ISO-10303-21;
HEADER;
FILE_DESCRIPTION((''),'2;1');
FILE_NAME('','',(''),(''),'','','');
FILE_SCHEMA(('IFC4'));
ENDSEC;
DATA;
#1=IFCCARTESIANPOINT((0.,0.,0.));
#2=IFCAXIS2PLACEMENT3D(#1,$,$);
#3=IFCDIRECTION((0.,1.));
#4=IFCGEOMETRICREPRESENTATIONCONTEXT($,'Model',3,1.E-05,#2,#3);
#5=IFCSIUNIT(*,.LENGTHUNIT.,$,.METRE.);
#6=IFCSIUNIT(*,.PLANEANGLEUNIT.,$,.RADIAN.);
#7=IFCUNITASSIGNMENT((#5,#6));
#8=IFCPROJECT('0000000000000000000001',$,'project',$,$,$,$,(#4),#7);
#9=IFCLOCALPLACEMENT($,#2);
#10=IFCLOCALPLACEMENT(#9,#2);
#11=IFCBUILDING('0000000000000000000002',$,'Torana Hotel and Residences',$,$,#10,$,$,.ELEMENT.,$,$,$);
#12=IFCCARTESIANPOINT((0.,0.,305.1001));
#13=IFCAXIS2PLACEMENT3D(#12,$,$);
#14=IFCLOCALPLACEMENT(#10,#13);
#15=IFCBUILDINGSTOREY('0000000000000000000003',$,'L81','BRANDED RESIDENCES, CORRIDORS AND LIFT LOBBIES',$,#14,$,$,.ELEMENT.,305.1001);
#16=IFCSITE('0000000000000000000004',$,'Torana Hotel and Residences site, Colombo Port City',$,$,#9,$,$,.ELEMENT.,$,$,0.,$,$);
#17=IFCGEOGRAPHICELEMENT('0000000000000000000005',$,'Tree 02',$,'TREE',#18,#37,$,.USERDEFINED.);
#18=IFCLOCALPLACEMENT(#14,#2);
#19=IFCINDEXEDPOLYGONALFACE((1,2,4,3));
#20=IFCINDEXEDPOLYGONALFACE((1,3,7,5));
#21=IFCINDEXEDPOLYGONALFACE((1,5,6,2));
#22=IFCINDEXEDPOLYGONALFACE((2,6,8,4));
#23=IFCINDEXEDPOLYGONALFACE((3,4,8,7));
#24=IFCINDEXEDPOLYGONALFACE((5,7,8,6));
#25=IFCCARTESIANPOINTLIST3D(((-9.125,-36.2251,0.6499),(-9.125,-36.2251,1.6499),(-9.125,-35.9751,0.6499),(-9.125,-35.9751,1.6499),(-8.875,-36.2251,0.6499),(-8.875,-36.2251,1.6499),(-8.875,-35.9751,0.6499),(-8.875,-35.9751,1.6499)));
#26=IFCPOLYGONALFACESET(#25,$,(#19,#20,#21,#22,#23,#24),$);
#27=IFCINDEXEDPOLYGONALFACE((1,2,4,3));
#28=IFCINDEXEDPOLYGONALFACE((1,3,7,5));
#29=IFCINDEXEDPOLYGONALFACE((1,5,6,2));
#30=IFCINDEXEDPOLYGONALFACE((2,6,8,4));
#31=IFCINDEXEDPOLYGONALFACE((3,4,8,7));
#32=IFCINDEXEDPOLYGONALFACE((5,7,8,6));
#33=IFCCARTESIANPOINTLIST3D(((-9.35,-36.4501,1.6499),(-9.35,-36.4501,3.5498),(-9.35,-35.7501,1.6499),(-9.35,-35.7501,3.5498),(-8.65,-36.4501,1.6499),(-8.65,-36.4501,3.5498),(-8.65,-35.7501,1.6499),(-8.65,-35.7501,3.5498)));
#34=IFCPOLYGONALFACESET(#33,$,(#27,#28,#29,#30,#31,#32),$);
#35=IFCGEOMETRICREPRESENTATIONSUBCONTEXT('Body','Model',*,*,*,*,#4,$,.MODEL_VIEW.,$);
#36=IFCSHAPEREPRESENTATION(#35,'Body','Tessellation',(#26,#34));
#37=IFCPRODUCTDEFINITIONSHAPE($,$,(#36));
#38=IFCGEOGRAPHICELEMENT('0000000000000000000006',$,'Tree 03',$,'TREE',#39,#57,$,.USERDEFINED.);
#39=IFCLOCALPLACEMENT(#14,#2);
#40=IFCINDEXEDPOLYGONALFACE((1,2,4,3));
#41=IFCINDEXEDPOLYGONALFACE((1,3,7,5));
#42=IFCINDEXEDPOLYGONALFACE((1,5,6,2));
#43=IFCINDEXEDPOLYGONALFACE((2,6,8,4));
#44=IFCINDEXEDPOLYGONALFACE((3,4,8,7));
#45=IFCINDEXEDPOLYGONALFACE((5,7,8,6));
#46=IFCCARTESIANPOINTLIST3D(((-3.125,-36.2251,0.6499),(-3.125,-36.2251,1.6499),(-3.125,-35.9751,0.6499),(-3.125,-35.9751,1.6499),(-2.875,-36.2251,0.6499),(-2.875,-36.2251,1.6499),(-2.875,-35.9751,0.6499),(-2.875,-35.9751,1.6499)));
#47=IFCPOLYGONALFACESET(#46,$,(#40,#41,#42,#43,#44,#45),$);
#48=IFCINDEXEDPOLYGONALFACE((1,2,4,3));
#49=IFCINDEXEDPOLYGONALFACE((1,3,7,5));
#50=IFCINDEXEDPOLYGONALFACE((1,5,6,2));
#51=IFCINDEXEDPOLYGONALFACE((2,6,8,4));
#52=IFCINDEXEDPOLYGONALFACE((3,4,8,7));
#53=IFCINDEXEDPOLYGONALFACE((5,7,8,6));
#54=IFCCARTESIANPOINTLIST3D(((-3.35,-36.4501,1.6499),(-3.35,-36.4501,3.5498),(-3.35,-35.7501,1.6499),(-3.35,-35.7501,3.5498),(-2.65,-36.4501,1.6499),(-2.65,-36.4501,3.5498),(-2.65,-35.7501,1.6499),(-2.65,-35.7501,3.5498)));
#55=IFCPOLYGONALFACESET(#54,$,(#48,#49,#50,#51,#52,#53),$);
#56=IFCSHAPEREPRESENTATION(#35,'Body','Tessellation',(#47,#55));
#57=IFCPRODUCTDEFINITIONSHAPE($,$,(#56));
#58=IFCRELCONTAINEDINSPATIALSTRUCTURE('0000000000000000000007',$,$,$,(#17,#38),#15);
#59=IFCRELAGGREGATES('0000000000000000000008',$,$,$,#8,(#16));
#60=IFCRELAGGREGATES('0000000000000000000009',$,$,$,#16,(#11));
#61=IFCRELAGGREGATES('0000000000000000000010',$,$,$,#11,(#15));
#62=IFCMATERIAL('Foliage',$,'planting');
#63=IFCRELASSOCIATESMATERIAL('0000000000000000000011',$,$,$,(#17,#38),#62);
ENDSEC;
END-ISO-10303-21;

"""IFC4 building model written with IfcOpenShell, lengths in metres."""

from ifc_helpers import new_model, si_unit, direction, frame, origin, origin_2d, place, context, subcontext, project, spatial, rectangle, extrude, material, element, save


model = new_model("IFC4")

# Units and contexts
model_context = context("Model", 3, precision=1e-05, world=origin(), true_north=direction((0.0, 1.0)))
body_context = subcontext(model_context, "Body", "Model", "MODEL_VIEW")
ifc_project = project(units=[si_unit("LENGTHUNIT", "METRE"), si_unit("PLANEANGLEUNIT", "RADIAN")], contexts=[model_context])

# Site, building, storey
site_placement = place(None, origin())
site = spatial("IfcSite", under=ifc_project, at=site_placement, Name="Torana Hotel and Residences site, Colombo Port City", CompositionType="ELEMENT", RefElevation=0.0)
building_placement = place(site_placement, origin())
building = spatial("IfcBuilding", under=site, at=building_placement, Name="Torana Hotel and Residences", CompositionType="ELEMENT")
storey_placement = place(building_placement, frame((0.0, 0.0, 305.1001)))
storey = spatial("IfcBuildingStorey", under=building, at=storey_placement, Name="L81", Description="BRANDED RESIDENCES, CORRIDORS AND LIFT LOBBIES", CompositionType="ELEMENT", Elevation=305.1001)

# Geographic elements
ifc_material_1 = material(Name="Foliage", Category="planting")
for number, where, z_axis, x_axis, name in (
    (1, (-9.0, -36.1001, 0.6499), (0.0, 0.0, 1.0), (1.0, 0.0, 0.0), "Tree 02"),
    (2, (-3.0, -36.1001, 0.6499), (0.0, 0.0, 1.0), (1.0, 0.0, 0.0), "Tree 03"),
):
    element("IfcGeographicElement", number, at=place(storey_placement, frame(where, z_axis=z_axis, x_axis=x_axis)), inside=storey, material=ifc_material_1, Name=name, ObjectType="TREE", PredefinedType="USERDEFINED", context=body_context, shape_type="SweptSolid", body=[
        extrude(rectangle(XDim=0.25, YDim=0.25, at=origin_2d()), origin(), (0.0, 0.0, 1.0), 1.0),
        extrude(rectangle(XDim=0.7, YDim=0.7, at=origin_2d()), frame((0.0, 0.0, 1.0)), (0.0, 0.0, 1.0), 1.8999),
    ])

save(model, "model.ifc")
